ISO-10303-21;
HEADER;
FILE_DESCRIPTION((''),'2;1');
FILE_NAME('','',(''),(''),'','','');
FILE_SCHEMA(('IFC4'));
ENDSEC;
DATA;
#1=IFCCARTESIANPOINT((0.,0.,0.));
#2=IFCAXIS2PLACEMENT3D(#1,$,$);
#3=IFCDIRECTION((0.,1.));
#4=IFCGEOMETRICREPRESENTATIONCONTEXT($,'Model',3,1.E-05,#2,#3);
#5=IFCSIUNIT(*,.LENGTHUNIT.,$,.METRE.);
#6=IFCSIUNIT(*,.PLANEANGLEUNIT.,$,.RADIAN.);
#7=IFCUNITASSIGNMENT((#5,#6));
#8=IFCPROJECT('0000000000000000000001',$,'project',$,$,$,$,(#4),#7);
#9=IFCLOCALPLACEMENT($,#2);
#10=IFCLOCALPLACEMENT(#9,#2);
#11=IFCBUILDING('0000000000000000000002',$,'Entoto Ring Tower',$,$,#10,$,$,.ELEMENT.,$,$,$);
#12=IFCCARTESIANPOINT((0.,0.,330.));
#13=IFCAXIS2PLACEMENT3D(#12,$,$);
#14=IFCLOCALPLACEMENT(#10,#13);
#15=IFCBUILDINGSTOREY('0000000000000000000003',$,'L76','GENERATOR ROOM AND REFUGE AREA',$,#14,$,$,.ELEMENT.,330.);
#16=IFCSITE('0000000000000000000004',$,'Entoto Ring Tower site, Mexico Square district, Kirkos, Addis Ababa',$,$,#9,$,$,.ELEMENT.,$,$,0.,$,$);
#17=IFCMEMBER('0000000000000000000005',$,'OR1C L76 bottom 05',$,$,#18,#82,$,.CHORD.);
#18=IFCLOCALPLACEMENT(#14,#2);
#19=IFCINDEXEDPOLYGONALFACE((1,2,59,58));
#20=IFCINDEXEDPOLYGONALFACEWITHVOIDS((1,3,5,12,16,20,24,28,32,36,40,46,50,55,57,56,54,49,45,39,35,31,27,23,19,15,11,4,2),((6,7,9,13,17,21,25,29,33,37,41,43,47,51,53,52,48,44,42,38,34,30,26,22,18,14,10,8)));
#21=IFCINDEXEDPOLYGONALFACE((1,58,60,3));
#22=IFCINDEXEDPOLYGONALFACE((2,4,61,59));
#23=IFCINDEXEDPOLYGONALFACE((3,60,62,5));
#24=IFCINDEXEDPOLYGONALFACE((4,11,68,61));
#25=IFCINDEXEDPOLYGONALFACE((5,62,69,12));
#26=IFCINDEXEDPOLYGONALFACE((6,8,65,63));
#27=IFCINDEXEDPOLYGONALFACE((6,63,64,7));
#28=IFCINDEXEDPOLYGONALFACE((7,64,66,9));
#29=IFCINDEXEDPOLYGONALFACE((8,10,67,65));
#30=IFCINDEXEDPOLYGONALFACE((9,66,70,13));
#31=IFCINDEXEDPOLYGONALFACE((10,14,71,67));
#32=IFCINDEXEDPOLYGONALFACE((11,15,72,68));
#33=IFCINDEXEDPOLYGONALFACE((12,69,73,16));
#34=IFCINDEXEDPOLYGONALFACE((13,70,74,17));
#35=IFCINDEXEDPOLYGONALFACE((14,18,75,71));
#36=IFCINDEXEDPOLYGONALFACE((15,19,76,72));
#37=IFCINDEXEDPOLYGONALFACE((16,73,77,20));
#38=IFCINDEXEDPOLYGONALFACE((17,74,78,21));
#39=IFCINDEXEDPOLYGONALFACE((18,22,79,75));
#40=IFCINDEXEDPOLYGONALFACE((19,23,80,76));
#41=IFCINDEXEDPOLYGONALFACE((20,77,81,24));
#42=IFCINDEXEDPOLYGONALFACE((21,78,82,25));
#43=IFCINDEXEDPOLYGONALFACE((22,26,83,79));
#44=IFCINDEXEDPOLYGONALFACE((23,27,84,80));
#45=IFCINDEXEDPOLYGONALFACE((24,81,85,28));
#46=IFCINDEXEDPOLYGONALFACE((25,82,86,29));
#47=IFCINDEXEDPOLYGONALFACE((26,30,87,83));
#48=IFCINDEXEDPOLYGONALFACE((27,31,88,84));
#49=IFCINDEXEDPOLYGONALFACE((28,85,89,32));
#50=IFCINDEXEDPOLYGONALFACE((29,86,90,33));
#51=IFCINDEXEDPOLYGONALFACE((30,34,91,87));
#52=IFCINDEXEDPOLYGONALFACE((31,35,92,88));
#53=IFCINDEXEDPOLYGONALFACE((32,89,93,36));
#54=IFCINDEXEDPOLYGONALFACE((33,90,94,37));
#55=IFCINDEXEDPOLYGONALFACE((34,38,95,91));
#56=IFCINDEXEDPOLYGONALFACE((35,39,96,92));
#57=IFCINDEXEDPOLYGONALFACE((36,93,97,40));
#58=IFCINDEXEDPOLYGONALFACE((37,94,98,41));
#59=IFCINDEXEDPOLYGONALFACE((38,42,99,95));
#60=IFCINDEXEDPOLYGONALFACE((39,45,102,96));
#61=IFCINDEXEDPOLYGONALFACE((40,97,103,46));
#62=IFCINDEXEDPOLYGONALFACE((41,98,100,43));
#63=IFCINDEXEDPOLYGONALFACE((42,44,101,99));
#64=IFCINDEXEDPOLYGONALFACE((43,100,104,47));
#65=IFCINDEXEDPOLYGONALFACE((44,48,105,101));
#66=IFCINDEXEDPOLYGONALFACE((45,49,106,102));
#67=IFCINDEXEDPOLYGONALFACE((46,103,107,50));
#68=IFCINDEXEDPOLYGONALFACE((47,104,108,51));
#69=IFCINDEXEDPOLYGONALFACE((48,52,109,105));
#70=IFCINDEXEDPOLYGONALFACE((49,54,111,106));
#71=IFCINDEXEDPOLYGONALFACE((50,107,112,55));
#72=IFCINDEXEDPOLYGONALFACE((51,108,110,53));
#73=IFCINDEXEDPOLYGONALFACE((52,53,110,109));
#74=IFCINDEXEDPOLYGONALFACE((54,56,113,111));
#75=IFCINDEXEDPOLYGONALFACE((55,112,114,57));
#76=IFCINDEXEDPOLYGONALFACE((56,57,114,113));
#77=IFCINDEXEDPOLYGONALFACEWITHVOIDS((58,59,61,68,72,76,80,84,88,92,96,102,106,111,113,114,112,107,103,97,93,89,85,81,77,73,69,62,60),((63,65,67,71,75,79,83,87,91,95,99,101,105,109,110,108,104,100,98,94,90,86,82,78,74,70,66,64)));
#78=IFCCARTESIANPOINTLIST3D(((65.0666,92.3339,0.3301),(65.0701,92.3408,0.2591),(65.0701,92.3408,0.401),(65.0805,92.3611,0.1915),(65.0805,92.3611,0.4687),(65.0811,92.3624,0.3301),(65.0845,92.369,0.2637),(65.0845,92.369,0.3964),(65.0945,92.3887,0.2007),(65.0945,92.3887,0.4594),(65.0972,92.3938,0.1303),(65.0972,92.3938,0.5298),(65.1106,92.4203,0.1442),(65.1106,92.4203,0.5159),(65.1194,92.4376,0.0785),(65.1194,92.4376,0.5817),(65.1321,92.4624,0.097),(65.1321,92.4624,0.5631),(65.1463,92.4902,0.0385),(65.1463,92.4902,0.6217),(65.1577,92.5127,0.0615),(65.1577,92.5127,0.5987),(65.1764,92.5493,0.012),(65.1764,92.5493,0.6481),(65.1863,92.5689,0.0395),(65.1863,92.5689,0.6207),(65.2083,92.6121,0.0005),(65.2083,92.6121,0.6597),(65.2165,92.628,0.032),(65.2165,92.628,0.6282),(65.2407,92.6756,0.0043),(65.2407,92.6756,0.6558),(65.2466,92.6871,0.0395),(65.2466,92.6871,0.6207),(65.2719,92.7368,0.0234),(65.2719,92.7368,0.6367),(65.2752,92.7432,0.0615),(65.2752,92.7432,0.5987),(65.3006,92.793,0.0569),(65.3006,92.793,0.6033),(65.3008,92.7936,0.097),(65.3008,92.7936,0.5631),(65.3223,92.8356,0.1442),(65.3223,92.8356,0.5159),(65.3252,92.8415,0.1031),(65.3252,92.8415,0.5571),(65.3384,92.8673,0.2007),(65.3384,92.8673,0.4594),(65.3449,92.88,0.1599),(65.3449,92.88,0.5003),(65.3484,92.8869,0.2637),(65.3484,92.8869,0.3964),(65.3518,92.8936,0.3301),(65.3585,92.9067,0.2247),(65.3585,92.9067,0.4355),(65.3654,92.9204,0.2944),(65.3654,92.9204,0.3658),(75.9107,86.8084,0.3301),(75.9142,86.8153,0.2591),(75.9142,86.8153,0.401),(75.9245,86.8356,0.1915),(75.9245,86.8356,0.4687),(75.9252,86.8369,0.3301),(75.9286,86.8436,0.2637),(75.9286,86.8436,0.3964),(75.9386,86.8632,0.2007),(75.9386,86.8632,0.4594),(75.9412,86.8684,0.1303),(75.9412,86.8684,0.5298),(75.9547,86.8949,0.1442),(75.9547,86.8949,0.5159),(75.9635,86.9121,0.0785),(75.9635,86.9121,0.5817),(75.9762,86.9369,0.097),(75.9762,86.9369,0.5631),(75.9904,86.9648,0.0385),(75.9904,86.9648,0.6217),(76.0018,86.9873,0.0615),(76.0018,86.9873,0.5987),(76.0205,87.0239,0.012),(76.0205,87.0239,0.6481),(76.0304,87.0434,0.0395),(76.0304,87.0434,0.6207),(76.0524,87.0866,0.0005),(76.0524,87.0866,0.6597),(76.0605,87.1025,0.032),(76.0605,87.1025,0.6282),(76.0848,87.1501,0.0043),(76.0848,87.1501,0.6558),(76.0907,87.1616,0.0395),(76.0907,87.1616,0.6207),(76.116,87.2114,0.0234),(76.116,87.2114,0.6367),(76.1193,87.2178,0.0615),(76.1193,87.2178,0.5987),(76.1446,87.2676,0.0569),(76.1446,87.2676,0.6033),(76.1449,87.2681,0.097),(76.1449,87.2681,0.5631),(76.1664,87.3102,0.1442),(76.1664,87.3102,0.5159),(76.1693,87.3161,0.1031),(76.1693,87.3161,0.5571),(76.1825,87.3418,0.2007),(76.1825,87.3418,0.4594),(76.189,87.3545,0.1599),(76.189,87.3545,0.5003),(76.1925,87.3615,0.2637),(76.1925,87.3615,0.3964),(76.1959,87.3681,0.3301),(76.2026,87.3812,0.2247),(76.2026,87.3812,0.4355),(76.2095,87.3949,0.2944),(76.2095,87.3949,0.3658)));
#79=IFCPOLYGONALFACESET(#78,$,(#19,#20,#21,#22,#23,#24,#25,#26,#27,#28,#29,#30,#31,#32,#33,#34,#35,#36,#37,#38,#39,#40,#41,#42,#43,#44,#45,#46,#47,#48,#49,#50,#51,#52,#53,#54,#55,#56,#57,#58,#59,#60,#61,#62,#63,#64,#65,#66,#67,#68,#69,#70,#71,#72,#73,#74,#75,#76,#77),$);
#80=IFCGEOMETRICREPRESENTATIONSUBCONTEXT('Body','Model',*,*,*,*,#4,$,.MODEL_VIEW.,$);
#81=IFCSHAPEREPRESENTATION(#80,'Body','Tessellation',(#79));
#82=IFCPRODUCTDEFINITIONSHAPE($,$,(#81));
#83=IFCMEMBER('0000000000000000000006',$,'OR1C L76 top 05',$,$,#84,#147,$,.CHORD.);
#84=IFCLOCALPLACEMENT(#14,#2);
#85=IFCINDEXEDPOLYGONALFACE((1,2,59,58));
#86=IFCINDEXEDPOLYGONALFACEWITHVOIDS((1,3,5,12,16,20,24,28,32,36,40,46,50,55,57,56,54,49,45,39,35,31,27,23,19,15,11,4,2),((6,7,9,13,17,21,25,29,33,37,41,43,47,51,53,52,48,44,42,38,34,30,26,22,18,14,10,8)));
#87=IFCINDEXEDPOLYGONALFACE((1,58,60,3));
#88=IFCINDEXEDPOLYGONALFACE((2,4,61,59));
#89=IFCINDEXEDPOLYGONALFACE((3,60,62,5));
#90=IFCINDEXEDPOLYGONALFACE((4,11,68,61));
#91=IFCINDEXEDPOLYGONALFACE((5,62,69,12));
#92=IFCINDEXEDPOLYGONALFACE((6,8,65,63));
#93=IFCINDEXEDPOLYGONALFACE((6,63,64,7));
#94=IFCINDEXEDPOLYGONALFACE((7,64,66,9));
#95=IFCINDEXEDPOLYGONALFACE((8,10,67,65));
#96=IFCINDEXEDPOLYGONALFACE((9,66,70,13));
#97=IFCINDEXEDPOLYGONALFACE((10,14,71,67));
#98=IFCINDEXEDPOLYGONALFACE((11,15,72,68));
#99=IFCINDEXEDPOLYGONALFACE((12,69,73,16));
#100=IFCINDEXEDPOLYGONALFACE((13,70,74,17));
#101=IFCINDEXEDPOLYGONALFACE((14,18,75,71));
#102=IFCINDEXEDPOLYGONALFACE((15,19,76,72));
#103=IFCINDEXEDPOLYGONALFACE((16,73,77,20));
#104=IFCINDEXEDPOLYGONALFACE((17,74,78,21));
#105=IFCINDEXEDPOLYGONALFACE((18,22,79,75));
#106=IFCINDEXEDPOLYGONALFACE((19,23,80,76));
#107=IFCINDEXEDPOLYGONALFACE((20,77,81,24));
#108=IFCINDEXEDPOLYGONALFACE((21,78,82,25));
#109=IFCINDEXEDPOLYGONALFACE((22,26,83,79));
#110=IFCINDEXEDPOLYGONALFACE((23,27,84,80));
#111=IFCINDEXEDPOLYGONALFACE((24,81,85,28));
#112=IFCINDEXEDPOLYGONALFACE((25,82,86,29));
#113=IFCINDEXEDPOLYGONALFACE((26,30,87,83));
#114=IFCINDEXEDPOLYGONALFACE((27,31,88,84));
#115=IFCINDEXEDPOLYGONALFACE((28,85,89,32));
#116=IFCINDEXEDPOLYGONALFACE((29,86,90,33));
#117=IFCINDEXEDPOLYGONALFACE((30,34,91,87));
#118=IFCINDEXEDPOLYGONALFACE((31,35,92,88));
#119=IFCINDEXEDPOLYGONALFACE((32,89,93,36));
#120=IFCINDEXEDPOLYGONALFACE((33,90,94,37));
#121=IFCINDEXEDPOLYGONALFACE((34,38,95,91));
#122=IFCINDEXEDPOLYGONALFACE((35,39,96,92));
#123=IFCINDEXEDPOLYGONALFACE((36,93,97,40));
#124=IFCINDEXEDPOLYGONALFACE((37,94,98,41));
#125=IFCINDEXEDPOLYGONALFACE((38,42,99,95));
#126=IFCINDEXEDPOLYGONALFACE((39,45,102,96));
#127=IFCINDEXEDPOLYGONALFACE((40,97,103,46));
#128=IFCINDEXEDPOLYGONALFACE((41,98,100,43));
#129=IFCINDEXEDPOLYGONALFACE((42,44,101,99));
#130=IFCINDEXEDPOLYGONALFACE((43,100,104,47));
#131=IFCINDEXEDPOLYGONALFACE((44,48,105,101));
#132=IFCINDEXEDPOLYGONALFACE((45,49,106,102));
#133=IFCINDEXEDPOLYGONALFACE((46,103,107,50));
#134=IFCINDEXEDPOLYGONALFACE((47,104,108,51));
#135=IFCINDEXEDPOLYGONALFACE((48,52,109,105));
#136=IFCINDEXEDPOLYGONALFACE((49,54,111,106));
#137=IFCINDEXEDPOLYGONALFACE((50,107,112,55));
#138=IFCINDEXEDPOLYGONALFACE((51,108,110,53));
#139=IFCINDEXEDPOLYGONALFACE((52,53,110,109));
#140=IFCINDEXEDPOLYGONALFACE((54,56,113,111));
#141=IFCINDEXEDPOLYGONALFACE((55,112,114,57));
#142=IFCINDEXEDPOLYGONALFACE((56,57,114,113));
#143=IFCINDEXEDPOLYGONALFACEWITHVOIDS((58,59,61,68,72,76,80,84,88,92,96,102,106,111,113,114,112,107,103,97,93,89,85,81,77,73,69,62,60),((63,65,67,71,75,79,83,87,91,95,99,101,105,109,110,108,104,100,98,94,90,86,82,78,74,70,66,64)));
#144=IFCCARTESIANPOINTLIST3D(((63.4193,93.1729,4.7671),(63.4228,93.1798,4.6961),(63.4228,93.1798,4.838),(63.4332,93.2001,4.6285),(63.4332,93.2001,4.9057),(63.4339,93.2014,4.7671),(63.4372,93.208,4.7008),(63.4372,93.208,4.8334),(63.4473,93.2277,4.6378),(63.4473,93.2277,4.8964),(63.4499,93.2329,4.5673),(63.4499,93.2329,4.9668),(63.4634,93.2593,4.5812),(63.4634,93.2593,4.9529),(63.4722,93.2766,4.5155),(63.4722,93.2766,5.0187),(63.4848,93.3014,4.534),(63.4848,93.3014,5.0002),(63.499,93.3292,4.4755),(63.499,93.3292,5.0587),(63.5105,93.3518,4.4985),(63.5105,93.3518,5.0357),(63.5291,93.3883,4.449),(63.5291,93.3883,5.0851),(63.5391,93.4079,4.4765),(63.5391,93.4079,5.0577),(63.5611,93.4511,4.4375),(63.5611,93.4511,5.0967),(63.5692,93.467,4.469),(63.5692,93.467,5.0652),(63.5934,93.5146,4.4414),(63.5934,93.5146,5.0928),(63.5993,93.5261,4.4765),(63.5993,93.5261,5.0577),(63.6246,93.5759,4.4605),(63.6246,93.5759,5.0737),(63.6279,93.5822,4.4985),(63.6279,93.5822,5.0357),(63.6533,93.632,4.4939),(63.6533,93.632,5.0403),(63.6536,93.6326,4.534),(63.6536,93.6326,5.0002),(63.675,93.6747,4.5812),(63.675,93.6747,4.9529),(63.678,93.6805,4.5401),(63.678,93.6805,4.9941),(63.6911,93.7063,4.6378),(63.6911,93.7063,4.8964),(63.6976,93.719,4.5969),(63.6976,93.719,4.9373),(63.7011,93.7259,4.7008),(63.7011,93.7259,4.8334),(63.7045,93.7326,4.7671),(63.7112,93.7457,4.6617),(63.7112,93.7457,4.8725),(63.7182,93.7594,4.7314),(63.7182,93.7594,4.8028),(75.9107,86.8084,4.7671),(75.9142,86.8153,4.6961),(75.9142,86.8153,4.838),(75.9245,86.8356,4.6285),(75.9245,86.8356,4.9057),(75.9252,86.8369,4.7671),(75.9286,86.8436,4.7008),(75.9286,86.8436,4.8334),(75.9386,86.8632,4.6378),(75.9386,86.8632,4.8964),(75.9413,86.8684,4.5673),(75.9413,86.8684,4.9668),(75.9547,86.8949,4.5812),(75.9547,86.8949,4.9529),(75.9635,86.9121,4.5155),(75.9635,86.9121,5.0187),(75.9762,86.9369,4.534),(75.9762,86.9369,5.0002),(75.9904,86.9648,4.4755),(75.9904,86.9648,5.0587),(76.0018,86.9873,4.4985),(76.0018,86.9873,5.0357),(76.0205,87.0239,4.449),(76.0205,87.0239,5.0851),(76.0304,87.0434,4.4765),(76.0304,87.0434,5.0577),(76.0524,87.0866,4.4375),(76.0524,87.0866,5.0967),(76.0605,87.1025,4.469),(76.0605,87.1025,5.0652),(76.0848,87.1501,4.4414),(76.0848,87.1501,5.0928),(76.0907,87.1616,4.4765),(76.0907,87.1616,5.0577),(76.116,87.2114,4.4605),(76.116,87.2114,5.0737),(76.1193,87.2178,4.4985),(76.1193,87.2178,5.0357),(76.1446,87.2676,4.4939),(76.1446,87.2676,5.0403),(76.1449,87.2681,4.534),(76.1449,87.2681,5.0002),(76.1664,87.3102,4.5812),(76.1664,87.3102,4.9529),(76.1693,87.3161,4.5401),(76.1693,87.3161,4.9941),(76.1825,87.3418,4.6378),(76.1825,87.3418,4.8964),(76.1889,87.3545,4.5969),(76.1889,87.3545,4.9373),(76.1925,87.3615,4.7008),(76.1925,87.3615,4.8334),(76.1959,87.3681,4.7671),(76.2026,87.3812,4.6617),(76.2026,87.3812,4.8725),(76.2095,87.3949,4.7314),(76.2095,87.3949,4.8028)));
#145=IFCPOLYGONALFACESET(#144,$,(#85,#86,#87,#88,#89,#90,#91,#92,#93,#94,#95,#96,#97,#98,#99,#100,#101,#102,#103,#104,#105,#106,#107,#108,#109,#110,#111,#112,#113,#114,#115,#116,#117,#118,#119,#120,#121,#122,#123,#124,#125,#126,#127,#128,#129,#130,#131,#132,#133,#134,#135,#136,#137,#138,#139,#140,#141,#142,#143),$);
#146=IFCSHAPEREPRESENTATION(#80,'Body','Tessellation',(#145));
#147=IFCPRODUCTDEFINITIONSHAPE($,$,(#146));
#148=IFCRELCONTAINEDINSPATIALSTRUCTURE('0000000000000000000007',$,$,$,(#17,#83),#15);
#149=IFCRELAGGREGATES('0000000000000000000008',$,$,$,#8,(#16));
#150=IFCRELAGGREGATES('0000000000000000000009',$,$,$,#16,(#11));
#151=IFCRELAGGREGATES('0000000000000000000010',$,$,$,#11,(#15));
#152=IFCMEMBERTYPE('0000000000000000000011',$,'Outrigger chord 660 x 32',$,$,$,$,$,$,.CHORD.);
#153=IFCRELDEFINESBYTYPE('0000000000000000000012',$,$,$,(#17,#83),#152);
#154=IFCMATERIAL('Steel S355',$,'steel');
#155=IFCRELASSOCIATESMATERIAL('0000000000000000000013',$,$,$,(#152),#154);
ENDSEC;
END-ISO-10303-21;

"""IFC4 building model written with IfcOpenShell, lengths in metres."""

from ifc_helpers import new_model, si_unit, direction, frame, origin, origin_2d, place, context, subcontext, project, spatial, circle, hollow_circle, extrude, material, material_profile, profile_set, type_object, element, save


model = new_model("IFC4")

# Units and contexts
model_context = context("Model", 3, precision=1e-05, world=origin(), true_north=direction((0.0, 1.0)))
body_context = subcontext(model_context, "Body", "Model", "MODEL_VIEW")
ifc_project = project(units=[si_unit("LENGTHUNIT", "METRE"), si_unit("PLANEANGLEUNIT", "RADIAN")], contexts=[model_context])

# Site, building, storey
site_placement = place(None, origin())
site = spatial("IfcSite", under=ifc_project, at=site_placement, Name="Entoto Ring Tower site, Mexico Square district, Kirkos, Addis Ababa", CompositionType="ELEMENT", RefElevation=0.0)
building_placement = place(site_placement, origin())
building = spatial("IfcBuilding", under=site, at=building_placement, Name="Entoto Ring Tower", CompositionType="ELEMENT")
storey_placement = place(building_placement, frame((0.0, 0.0, 330.0)))
storey = spatial("IfcBuildingStorey", under=building, at=storey_placement, Name="L76", Description="GENERATOR ROOM AND REFUGE AREA", CompositionType="ELEMENT", Elevation=330.0)

# Members
ifc_material_1 = material(Name="Steel S355", Category="steel")
ifc_material_profile_1 = material_profile(ifc_material_1, hollow_circle(Radius=0.3301, WallThickness=0.032, at=origin_2d()), Name="CHS 660 x 32")
ifc_material_2 = material(Name="Concrete C60/75", Category="concrete")
ifc_material_profile_2 = material_profile(ifc_material_2, circle(Radius=0.2981, at=origin_2d()), Name="Concrete C60/75 infill")
ifc_profile_set_1 = profile_set([ifc_material_profile_1, ifc_material_profile_2], Name="Steel S355")
member_type_1 = type_object("IfcMemberType", Name="Outrigger chord 660 x 32", PredefinedType="CHORD", material=ifc_profile_set_1)
member_1_placement = place(storey_placement, frame((76.0605, 87.1025, 0.3301), z_axis=(-0.891003, 0.453997, 0.0), x_axis=(-0.453997, -0.891003, 0.0)))
element("IfcMember", 1, at=member_1_placement, inside=storey, type_object=member_type_1, Name="OR1C L76 bottom 05", PredefinedType="CHORD", context=body_context, shape_type="SweptSolid", body=[
    extrude(hollow_circle(Radius=0.3301, WallThickness=0.032, at=origin_2d()), origin(), (0.0, 0.0, 1.0), 12.1707),
])
member_2_placement = place(storey_placement, frame((76.0605, 87.1025, 4.7671), z_axis=(-0.891013, 0.453978, 0.0), x_axis=(-0.453978, -0.891013, 0.0)))
element("IfcMember", 2, at=member_2_placement, inside=storey, type_object=member_type_1, Name="OR1C L76 top 05", PredefinedType="CHORD", context=body_context, shape_type="SweptSolid", body=[
    extrude(hollow_circle(Radius=0.3301, WallThickness=0.032, at=origin_2d()), origin(), (0.0, 0.0, 1.0), 14.0193),
])

save(model, "model.ifc")
